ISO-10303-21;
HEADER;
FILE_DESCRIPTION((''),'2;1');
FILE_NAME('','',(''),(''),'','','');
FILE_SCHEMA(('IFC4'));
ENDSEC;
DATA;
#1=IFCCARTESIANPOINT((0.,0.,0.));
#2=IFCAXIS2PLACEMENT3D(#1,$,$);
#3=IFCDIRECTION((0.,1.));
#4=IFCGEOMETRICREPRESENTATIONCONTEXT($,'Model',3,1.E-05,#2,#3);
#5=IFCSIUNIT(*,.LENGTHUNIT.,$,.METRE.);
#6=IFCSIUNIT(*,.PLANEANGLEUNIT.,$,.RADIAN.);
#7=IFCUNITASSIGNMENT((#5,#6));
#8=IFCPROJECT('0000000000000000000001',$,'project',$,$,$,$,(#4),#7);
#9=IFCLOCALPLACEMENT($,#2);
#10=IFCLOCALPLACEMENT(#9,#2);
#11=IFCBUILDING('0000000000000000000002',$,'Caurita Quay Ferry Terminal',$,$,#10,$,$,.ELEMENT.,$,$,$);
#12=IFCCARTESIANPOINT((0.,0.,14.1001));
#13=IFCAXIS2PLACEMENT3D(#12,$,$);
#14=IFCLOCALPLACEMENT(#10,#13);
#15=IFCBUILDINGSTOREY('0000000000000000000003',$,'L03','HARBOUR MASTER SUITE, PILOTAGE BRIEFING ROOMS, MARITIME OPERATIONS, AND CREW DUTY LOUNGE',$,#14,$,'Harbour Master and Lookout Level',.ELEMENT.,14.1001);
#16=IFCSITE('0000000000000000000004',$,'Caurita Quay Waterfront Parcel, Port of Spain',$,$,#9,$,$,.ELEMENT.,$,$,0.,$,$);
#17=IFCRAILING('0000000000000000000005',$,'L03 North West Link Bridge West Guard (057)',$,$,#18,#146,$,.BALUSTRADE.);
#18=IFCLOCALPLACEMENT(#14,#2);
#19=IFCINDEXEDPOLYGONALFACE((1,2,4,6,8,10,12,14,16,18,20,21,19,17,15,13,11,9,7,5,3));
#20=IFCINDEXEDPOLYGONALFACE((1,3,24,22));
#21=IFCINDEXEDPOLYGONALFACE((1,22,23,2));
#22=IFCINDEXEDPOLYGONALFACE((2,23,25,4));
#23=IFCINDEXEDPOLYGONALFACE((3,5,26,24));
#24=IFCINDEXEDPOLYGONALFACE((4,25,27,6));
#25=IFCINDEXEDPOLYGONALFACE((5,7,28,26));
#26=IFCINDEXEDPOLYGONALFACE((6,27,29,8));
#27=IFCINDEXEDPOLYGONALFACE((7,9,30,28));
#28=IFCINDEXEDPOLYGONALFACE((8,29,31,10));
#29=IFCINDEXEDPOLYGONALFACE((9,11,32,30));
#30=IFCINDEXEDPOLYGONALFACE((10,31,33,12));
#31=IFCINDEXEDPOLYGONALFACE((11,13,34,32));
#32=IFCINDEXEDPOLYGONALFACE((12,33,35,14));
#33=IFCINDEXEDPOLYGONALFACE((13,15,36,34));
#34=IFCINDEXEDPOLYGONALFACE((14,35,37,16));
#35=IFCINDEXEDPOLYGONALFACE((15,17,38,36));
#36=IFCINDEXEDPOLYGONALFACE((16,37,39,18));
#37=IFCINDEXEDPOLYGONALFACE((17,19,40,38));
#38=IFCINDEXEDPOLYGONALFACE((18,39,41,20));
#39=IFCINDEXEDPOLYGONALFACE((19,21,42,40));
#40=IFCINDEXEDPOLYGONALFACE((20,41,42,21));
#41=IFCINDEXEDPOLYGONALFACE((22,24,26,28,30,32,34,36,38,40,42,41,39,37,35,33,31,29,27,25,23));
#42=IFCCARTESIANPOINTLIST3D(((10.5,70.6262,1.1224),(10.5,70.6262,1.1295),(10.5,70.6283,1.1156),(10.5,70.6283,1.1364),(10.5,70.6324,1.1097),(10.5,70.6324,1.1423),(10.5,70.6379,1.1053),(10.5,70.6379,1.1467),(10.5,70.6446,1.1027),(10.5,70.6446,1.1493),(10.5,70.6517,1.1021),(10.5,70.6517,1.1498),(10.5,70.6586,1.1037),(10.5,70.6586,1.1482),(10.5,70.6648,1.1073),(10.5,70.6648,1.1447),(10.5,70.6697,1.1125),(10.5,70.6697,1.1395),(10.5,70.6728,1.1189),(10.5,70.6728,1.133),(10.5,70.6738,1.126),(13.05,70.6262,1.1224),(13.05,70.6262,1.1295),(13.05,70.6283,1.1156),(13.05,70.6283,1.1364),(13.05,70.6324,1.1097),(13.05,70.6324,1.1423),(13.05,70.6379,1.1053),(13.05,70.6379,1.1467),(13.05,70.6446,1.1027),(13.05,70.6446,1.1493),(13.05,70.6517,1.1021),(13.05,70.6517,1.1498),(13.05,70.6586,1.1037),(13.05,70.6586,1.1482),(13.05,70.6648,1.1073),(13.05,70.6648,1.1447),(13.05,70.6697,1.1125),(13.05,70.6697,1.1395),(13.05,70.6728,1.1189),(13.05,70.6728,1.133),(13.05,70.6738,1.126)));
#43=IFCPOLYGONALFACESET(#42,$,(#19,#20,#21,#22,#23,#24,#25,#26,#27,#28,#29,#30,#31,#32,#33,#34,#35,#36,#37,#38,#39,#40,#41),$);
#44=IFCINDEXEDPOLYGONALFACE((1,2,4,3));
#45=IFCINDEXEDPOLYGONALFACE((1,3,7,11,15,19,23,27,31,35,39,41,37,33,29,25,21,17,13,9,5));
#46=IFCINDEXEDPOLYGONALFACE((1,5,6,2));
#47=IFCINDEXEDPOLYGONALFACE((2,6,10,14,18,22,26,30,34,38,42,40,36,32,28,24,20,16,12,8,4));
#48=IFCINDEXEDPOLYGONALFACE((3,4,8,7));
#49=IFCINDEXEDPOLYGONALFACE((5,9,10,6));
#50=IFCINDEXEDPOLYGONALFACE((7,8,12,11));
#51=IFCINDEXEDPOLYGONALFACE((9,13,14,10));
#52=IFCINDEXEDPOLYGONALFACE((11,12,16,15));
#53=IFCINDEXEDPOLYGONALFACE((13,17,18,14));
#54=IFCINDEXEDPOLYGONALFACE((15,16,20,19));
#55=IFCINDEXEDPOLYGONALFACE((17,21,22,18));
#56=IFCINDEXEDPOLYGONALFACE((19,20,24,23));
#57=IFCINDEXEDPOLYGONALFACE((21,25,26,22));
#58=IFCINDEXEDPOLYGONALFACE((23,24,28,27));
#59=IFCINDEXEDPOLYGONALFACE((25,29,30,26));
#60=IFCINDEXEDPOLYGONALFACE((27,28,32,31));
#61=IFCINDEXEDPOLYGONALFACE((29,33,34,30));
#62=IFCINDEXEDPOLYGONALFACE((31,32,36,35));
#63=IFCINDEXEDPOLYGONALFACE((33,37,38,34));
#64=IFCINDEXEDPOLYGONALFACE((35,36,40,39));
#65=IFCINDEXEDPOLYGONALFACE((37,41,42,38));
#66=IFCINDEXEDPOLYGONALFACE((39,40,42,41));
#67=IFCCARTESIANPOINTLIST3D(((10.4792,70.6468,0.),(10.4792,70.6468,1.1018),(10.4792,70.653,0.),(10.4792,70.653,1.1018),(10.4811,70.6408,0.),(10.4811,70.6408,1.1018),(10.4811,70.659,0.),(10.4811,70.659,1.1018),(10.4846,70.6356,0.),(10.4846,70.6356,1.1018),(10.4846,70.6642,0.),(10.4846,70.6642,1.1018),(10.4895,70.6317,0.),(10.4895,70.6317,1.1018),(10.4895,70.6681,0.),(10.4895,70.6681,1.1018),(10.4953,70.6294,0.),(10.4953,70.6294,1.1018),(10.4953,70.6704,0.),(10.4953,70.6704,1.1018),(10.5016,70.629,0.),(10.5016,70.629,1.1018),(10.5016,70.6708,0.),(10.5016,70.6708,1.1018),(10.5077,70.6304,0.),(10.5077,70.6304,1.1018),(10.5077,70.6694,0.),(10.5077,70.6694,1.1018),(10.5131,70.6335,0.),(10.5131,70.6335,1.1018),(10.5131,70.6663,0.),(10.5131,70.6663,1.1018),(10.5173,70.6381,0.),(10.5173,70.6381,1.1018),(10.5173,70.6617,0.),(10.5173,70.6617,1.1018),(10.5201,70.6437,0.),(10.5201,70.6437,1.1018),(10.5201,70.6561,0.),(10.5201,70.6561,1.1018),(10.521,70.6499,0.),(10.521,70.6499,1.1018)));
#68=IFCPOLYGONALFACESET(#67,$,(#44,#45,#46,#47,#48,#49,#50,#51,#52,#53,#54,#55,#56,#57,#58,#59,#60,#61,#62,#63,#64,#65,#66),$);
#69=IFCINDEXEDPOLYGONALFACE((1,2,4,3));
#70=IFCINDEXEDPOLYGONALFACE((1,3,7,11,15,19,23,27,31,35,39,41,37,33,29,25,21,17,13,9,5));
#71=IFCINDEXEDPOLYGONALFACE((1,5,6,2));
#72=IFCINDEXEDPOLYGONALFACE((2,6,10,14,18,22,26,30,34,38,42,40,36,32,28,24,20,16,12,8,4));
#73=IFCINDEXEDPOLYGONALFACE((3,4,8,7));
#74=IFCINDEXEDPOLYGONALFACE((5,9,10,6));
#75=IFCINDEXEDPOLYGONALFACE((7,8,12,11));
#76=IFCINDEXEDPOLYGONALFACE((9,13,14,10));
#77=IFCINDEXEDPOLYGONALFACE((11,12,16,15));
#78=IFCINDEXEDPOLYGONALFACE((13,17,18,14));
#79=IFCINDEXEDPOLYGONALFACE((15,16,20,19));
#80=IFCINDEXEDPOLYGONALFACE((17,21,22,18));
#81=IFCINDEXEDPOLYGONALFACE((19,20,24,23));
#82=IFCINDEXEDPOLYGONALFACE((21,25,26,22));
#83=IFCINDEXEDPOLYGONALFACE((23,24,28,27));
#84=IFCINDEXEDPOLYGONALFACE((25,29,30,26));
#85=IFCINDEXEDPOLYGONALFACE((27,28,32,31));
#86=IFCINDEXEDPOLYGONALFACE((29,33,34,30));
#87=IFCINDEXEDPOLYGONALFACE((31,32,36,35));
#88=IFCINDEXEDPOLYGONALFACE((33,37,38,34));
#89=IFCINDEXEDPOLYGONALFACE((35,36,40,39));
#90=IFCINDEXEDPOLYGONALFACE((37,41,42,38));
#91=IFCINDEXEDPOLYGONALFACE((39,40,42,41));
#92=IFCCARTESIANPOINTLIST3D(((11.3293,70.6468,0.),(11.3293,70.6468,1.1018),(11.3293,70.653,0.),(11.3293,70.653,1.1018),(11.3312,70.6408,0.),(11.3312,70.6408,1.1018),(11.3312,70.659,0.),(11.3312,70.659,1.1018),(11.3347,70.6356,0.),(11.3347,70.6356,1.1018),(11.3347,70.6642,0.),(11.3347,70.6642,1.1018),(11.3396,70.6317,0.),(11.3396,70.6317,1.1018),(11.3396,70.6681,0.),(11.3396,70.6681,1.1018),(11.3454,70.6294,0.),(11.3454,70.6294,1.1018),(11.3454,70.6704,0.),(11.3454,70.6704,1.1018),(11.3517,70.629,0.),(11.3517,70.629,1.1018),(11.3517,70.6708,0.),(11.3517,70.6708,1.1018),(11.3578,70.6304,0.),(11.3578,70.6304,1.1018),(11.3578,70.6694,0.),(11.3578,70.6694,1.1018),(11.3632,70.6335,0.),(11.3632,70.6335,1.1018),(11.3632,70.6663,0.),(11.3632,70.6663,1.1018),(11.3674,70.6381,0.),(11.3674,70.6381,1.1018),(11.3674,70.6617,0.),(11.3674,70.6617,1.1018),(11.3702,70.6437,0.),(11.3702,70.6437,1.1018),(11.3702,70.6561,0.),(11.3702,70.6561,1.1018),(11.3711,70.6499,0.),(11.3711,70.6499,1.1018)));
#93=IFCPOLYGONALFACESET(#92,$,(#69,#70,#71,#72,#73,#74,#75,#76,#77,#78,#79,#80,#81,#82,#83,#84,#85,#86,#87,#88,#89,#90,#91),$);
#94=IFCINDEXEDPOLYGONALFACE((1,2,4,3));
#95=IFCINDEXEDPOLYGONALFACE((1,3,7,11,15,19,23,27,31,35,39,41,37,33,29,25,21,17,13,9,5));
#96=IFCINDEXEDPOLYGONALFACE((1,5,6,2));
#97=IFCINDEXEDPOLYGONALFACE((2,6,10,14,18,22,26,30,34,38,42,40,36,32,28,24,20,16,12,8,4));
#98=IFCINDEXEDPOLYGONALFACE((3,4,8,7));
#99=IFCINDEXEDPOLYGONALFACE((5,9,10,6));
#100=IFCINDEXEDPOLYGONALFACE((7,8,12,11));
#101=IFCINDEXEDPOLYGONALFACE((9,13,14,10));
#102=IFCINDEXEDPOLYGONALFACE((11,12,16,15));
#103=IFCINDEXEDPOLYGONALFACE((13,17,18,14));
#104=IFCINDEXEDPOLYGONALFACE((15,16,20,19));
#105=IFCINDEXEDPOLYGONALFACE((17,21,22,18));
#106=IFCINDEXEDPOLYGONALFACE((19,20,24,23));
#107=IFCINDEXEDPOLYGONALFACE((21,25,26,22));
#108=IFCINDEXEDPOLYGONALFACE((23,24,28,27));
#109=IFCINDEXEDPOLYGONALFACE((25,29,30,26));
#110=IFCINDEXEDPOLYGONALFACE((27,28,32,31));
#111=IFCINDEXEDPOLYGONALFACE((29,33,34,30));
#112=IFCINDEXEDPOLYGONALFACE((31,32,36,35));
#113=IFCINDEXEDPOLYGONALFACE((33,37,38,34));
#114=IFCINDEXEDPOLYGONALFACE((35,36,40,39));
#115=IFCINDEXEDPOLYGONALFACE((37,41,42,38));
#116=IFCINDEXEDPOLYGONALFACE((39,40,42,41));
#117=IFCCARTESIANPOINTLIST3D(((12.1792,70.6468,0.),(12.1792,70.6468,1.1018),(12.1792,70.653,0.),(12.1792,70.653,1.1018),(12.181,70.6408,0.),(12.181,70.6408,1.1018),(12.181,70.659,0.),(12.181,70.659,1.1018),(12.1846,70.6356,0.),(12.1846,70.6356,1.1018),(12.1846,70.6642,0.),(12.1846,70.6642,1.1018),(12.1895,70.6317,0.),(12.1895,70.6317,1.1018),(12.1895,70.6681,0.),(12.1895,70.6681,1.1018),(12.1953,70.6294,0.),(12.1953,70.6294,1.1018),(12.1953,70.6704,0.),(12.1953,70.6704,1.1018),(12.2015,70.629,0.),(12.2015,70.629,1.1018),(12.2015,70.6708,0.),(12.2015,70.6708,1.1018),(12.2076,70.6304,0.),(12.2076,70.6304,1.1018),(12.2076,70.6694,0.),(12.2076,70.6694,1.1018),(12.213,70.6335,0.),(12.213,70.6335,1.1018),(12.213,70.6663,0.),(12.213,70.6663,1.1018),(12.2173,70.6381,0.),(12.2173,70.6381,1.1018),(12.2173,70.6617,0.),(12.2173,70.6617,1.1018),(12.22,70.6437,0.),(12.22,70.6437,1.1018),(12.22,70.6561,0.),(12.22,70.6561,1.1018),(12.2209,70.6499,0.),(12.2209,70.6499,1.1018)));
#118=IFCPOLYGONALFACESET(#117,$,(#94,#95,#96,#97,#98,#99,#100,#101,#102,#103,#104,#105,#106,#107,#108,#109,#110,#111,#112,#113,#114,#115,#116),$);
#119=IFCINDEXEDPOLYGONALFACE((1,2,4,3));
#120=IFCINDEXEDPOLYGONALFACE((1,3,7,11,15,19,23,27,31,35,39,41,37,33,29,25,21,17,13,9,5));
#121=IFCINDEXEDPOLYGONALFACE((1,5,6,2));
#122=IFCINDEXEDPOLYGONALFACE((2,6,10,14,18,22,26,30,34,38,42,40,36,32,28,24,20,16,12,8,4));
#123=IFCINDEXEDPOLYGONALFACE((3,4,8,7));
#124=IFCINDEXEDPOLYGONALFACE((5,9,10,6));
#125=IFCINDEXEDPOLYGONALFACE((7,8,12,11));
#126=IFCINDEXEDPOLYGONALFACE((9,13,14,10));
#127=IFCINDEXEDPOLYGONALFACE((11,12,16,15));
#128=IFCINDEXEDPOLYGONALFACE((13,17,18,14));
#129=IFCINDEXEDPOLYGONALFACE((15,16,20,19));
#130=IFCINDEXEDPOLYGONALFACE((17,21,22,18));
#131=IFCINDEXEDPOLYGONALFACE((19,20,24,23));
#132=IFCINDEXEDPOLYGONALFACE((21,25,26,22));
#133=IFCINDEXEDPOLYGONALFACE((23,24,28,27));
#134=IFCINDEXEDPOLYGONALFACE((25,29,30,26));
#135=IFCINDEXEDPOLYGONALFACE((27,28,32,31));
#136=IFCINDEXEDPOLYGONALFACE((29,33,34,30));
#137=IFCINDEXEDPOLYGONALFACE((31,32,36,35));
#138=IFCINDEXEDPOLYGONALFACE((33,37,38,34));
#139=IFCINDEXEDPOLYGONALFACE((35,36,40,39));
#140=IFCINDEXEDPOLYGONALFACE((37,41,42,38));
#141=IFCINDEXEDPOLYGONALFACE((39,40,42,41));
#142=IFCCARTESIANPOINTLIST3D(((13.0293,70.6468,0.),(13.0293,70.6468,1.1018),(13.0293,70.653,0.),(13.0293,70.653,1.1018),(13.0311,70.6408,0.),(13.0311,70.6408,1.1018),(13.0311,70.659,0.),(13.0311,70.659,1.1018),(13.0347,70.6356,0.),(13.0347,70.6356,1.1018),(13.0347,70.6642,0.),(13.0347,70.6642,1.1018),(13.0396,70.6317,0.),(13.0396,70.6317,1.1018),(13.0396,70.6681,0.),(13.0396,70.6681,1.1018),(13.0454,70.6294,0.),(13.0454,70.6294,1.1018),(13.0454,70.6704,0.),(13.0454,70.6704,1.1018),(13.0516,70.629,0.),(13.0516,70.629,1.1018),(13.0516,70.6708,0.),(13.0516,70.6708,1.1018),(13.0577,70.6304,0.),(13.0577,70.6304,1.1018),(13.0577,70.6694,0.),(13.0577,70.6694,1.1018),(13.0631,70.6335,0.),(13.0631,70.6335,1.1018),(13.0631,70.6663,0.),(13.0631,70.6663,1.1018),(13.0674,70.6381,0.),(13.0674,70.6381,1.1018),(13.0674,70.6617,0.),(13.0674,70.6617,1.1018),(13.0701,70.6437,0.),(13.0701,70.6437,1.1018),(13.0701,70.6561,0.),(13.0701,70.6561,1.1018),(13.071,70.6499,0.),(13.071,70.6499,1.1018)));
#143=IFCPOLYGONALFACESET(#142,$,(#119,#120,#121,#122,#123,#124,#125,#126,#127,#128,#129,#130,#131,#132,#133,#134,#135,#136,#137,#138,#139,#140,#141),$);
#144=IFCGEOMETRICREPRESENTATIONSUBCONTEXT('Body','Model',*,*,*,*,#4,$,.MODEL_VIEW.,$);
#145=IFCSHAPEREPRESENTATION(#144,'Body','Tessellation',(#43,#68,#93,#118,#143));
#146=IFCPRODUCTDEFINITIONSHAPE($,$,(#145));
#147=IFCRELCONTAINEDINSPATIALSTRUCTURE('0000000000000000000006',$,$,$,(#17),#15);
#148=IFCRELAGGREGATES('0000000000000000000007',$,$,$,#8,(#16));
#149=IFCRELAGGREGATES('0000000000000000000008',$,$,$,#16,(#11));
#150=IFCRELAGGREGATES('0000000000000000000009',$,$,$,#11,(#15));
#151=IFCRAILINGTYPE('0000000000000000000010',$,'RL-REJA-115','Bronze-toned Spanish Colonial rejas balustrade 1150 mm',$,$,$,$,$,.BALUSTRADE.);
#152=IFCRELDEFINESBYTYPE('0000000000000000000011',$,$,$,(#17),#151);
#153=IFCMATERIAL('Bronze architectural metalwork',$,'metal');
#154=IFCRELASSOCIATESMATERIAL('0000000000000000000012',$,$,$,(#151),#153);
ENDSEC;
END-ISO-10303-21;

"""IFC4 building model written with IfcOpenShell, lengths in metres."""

from ifc_helpers import new_model, si_unit, direction, frame, origin, origin_2d, place, context, subcontext, project, spatial, circle, extrude, material, type_object, element, save


model = new_model("IFC4")

# Units and contexts
model_context = context("Model", 3, precision=1e-05, world=origin(), true_north=direction((0.0, 1.0)))
body_context = subcontext(model_context, "Body", "Model", "MODEL_VIEW")
ifc_project = project(units=[si_unit("LENGTHUNIT", "METRE"), si_unit("PLANEANGLEUNIT", "RADIAN")], contexts=[model_context])

# Site, building, storey
site_placement = place(None, origin())
site = spatial("IfcSite", under=ifc_project, at=site_placement, Name="Caurita Quay Waterfront Parcel, Port of Spain", CompositionType="ELEMENT", RefElevation=0.0)
building_placement = place(site_placement, origin())
building = spatial("IfcBuilding", under=site, at=building_placement, Name="Caurita Quay Ferry Terminal", CompositionType="ELEMENT")
storey_placement = place(building_placement, frame((0.0, 0.0, 14.1001)))
storey = spatial("IfcBuildingStorey", under=building, at=storey_placement, Name="L03", Description="HARBOUR MASTER SUITE, PILOTAGE BRIEFING ROOMS, MARITIME OPERATIONS, AND CREW DUTY LOUNGE", LongName="Harbour Master and Lookout Level", CompositionType="ELEMENT", Elevation=14.1001)

# Railing
ifc_material_1 = material(Name="Bronze architectural metalwork", Category="metal")
railing_type = type_object("IfcRailingType", Name="RL-REJA-115", Description="Bronze-toned Spanish Colonial rejas balustrade 1150 mm", PredefinedType="BALUSTRADE", material=ifc_material_1)
railing_1_placement = place(storey_placement, frame((10.5, 70.6499, 0.0)))
element("IfcRailing", 1, at=railing_1_placement, inside=storey, type_object=railing_type, Name="L03 North West Link Bridge West Guard (057)", PredefinedType="BALUSTRADE", context=body_context, shape_type="SweptSolid", body=[
    extrude(circle(Radius=0.0239, at=origin_2d()), frame((0.0, 0.0, 1.126), z_axis=(1.0, 0.0, 0.0), x_axis=(0.0, 1.0, 0.0)), (0.0, 0.0, 1.0), 2.55),
    extrude(circle(Radius=0.021, at=origin_2d()), origin(), (0.0, 0.0, 1.0), 1.1018),
    extrude(circle(Radius=0.021, at=origin_2d()), frame((0.8501, 0.0, 0.0)), (0.0, 0.0, 1.0), 1.1018),
    extrude(circle(Radius=0.021, at=origin_2d()), frame((1.7, 0.0, 0.0)), (0.0, 0.0, 1.0), 1.1018),
    extrude(circle(Radius=0.021, at=origin_2d()), frame((2.55, 0.0, 0.0)), (0.0, 0.0, 1.0), 1.1018),
])

save(model, "model.ifc")
